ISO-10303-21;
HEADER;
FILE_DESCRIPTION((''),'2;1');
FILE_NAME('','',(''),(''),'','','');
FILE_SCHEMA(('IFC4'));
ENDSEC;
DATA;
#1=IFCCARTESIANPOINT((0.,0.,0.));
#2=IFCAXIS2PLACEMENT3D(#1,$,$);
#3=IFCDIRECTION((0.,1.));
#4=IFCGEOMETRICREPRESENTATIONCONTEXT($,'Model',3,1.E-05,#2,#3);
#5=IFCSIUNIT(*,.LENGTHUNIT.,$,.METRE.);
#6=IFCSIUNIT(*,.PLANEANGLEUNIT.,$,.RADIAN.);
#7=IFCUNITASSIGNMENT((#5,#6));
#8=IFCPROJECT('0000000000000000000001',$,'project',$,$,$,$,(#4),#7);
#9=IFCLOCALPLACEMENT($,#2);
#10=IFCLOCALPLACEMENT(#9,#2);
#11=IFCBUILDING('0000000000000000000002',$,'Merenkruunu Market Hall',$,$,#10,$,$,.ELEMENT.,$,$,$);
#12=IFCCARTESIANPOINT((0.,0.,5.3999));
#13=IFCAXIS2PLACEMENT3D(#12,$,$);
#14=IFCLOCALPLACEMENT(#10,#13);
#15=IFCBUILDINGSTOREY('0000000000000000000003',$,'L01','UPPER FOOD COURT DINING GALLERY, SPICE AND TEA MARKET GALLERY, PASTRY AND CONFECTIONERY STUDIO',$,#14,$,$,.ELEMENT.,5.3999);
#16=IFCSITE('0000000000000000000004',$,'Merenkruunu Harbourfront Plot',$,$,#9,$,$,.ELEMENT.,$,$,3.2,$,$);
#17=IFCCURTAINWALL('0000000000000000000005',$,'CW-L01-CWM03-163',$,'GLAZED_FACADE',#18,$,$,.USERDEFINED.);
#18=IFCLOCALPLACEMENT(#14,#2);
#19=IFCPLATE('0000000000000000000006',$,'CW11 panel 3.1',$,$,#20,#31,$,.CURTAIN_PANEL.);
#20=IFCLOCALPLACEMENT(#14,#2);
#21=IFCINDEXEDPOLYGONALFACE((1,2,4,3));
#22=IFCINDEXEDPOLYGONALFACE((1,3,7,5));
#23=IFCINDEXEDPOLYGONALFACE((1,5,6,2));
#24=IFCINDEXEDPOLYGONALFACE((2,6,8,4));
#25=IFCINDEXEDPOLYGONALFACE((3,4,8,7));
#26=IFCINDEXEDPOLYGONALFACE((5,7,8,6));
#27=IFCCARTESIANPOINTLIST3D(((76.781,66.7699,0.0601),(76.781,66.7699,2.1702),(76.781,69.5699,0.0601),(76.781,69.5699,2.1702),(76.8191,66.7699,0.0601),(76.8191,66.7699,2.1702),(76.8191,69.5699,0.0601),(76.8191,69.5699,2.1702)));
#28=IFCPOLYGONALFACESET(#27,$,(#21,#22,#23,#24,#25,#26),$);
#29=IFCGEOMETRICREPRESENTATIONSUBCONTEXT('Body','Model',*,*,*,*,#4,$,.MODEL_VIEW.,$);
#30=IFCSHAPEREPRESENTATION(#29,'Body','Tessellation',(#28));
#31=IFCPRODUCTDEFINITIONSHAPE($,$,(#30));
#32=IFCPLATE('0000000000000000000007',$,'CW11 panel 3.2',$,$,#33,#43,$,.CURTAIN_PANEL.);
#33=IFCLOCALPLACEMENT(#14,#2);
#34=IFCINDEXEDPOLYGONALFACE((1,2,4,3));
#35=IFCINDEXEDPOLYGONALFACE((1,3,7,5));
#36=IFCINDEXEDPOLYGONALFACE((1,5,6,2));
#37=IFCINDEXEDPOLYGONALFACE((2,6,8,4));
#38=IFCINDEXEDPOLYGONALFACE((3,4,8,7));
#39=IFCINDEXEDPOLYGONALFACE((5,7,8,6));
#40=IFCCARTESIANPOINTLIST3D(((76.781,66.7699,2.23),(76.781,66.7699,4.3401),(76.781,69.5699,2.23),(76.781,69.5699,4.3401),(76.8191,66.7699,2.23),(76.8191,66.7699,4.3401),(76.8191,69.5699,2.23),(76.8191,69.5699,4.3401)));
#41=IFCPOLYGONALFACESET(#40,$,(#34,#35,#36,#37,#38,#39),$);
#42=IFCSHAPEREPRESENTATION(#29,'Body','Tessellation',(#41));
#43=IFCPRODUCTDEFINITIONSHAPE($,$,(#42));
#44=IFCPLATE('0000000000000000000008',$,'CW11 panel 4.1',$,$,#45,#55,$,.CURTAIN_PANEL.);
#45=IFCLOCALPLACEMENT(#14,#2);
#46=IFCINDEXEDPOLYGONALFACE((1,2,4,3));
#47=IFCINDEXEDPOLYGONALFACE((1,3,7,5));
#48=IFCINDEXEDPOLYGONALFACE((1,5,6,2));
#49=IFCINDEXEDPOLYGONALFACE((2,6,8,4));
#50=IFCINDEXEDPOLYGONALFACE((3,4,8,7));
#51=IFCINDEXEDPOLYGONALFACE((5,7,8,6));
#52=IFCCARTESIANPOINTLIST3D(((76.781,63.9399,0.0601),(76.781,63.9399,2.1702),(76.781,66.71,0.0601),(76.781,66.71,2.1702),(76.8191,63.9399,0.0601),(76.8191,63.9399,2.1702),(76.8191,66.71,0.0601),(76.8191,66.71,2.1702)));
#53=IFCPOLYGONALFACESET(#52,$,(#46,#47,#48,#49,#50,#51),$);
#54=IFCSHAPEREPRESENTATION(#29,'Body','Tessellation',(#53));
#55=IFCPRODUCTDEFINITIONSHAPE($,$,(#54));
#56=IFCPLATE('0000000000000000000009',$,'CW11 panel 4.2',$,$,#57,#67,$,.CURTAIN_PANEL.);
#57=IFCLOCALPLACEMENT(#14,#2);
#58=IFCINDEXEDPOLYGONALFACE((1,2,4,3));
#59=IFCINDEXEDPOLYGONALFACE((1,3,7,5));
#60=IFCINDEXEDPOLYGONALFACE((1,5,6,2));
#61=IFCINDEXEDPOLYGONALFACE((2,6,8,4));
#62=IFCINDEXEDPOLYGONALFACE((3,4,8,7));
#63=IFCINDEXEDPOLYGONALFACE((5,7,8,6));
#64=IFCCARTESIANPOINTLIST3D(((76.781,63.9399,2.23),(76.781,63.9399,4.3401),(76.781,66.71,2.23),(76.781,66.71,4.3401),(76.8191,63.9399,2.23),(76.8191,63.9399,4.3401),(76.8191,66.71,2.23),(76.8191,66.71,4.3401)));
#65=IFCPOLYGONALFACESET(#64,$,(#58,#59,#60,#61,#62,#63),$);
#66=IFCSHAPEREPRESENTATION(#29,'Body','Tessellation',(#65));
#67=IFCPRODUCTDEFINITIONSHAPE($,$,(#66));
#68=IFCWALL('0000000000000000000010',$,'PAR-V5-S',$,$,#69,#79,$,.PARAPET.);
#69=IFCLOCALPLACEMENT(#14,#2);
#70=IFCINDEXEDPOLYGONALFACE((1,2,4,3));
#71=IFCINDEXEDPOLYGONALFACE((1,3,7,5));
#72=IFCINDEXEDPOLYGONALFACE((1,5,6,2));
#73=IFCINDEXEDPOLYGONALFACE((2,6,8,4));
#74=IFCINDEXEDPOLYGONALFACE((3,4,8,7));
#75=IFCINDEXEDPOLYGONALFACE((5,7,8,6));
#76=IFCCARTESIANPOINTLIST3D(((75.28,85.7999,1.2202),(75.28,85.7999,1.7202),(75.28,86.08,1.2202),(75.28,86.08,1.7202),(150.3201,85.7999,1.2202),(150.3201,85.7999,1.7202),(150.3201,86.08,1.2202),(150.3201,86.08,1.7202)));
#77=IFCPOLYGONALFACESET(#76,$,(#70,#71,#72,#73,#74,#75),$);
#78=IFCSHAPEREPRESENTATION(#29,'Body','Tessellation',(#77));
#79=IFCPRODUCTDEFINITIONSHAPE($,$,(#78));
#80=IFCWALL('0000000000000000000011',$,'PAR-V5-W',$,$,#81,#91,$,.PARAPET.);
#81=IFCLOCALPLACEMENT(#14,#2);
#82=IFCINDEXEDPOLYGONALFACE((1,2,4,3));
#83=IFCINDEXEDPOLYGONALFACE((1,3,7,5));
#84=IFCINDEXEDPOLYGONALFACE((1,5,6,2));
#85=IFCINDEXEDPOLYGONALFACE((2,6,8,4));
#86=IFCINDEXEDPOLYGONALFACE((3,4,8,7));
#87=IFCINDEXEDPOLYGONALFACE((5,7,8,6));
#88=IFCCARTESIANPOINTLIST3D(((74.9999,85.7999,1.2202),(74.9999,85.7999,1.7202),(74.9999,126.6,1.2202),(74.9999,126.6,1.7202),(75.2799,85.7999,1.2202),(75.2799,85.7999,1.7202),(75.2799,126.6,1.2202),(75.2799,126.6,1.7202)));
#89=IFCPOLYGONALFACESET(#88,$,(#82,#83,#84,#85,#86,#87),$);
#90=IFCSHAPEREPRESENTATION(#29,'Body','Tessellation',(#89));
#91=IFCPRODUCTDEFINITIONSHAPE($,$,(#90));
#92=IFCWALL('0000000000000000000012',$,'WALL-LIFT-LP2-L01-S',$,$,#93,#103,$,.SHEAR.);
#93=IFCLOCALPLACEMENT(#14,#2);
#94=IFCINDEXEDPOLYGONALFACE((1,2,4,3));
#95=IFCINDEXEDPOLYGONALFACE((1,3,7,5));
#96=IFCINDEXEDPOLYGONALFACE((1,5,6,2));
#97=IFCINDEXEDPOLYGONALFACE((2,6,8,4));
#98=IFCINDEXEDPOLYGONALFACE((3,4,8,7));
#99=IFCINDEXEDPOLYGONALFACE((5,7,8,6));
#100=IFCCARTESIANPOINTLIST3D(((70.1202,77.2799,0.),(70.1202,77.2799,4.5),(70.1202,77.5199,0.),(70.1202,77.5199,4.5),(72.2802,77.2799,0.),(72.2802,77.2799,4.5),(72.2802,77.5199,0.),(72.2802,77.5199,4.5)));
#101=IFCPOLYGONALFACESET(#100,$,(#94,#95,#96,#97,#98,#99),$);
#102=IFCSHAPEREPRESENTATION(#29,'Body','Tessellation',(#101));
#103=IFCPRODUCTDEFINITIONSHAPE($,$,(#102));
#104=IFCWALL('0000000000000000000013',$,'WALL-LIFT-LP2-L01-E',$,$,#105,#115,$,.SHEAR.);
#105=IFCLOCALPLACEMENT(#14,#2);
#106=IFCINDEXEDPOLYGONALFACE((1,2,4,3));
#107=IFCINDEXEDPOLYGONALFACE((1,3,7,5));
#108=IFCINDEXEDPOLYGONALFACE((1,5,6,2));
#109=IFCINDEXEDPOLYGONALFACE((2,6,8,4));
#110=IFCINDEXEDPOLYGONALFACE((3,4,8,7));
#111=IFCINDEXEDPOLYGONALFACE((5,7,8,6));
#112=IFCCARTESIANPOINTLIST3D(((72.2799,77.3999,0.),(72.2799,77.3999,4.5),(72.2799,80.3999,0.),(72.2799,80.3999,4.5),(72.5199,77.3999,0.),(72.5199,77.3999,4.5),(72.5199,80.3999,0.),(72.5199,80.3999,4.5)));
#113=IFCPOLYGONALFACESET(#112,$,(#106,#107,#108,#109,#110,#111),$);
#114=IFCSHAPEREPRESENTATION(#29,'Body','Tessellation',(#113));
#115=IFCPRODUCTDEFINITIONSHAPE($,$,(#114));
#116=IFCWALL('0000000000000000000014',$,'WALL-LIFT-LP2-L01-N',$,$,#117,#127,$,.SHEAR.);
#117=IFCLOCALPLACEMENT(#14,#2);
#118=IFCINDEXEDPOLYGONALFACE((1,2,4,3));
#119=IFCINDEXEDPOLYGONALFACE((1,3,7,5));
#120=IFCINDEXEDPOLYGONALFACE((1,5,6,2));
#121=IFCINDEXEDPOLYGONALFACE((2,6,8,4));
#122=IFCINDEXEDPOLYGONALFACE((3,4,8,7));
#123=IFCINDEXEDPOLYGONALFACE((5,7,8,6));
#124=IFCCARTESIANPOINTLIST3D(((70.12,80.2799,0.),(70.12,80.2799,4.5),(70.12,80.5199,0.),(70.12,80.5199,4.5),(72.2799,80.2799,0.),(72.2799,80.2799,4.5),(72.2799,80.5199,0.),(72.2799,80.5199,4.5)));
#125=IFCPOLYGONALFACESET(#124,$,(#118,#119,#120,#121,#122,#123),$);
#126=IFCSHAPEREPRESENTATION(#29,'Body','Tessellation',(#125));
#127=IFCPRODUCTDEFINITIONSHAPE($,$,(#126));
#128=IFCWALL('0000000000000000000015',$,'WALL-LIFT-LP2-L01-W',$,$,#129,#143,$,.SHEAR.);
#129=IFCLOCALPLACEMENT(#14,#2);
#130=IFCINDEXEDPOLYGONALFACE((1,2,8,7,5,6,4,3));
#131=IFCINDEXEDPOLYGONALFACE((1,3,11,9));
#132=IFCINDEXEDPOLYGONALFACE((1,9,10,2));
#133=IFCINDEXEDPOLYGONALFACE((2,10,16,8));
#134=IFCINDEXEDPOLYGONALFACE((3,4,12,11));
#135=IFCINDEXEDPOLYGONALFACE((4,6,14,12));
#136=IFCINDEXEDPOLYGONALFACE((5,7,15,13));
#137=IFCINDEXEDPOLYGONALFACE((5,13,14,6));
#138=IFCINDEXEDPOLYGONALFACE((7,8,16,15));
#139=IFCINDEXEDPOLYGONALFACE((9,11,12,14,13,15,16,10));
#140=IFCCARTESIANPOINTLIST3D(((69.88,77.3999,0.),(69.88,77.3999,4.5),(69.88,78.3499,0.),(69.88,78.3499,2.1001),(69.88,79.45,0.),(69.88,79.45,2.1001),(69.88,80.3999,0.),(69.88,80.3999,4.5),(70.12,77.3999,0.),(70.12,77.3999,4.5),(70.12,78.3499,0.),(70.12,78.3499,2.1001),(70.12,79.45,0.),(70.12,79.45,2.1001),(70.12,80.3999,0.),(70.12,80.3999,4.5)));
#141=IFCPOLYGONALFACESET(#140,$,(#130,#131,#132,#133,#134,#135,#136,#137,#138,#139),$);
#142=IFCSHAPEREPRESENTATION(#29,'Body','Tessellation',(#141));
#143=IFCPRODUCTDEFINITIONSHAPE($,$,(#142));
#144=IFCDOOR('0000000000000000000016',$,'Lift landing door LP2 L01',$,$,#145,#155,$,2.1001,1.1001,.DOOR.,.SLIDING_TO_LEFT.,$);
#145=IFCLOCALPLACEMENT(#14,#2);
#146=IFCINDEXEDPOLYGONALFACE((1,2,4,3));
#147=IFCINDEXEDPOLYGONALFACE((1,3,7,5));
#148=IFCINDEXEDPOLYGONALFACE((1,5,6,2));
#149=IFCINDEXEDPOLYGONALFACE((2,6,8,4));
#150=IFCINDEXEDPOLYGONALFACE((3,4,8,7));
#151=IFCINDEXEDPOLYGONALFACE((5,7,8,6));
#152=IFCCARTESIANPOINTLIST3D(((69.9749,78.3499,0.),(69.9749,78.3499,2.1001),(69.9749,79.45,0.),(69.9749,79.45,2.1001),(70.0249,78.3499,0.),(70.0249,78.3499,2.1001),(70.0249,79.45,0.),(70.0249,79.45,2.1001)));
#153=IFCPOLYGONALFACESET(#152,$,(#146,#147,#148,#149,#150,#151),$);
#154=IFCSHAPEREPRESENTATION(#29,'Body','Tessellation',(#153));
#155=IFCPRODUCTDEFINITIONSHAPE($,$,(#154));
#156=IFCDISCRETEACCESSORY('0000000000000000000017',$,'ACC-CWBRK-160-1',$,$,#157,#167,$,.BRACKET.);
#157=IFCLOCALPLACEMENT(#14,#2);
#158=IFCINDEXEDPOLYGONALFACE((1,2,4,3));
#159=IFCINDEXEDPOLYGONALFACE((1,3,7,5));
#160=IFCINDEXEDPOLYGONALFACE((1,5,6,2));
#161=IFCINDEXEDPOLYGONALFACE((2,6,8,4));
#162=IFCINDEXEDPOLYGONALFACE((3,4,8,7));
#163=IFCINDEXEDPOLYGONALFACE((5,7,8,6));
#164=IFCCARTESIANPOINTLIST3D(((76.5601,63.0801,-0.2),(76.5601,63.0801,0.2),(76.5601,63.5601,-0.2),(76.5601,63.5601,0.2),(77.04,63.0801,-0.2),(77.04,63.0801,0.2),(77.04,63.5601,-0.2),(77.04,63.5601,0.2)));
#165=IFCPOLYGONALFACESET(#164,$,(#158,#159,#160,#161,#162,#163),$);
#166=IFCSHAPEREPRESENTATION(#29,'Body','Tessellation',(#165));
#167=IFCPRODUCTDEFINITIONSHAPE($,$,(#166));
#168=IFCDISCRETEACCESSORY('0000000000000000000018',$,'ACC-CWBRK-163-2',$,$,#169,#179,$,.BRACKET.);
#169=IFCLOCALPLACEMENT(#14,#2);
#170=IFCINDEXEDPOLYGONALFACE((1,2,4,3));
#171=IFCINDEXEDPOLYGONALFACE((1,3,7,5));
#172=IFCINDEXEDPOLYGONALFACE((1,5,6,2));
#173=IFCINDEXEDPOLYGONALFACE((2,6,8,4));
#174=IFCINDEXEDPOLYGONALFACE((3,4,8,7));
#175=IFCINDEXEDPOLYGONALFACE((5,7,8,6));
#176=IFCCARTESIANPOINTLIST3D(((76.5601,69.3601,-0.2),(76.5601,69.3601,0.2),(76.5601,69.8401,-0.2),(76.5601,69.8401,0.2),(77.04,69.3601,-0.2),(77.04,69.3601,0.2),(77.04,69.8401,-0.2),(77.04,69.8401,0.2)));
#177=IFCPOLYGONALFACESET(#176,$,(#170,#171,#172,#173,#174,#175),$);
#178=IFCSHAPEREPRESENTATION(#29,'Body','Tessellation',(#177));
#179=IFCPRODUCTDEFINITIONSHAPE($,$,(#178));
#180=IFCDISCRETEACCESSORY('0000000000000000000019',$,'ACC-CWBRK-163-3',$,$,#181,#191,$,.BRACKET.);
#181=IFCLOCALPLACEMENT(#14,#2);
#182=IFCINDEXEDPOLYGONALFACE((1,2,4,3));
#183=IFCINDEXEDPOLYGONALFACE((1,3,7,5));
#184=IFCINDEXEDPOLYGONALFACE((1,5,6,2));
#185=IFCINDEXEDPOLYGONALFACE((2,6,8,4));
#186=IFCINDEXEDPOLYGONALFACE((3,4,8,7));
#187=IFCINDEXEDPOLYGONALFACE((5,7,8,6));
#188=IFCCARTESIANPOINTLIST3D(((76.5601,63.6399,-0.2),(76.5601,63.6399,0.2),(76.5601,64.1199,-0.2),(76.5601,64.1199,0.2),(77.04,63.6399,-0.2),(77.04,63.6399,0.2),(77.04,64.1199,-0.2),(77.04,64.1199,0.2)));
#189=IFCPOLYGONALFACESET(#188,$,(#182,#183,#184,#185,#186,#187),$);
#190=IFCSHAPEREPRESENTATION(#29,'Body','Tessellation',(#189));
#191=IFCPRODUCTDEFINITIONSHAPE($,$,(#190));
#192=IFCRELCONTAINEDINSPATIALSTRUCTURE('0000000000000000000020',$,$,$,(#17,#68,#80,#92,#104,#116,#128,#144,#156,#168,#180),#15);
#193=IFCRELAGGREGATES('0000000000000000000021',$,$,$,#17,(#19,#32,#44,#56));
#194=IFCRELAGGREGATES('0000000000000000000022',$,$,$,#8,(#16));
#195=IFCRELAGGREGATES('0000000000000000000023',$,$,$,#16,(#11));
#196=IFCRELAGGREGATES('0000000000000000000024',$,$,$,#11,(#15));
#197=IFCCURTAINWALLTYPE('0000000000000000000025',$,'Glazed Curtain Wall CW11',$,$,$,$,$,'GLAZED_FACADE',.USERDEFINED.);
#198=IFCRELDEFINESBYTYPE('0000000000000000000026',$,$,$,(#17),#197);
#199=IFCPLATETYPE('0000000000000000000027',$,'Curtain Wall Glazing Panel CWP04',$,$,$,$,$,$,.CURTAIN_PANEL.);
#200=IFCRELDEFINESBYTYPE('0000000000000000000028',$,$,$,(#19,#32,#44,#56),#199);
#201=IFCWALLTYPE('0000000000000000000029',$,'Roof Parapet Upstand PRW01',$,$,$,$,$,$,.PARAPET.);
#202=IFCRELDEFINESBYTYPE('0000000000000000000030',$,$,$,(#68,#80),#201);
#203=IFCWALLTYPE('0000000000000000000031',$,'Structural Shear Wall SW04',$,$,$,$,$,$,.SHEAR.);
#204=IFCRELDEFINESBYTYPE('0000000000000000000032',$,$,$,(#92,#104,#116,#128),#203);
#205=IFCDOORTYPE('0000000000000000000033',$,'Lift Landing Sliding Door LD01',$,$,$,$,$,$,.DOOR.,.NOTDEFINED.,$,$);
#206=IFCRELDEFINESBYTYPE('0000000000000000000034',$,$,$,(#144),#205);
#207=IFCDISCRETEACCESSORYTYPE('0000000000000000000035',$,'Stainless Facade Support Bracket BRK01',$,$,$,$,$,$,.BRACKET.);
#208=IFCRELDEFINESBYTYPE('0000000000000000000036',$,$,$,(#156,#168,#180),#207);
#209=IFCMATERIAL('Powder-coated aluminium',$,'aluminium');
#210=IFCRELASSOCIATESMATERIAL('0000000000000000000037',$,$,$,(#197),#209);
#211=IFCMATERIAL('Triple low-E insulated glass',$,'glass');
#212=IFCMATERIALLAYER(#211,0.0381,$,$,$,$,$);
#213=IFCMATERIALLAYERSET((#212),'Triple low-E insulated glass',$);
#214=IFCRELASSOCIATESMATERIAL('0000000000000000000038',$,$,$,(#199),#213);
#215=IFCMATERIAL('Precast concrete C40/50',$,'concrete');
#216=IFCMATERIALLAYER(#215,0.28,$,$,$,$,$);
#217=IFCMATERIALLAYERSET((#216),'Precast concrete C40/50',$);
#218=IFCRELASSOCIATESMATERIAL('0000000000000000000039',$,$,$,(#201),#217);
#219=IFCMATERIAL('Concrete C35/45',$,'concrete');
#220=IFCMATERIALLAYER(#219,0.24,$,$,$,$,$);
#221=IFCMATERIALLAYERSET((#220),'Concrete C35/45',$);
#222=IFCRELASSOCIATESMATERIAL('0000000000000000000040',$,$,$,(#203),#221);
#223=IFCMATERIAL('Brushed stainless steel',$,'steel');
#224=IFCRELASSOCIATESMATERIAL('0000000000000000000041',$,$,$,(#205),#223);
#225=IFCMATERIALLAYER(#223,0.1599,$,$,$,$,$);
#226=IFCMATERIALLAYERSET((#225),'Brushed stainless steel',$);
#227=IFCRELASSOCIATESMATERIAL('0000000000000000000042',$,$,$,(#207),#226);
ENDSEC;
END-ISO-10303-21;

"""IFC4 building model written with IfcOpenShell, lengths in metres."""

from ifc_helpers import new_model, si_unit, direction, frame, frame_2d, origin, origin_2d, place, context, subcontext, project, spatial, rectangle, extrude, material, layer, layer_set, type_object, element, fill, aggregate, save


model = new_model("IFC4")

# Units and contexts
model_context = context("Model", 3, precision=1e-05, world=origin(), true_north=direction((0.0, 1.0)))
body_context = subcontext(model_context, "Body", "Model", "MODEL_VIEW")
ifc_project = project(units=[si_unit("LENGTHUNIT", "METRE"), si_unit("PLANEANGLEUNIT", "RADIAN")], contexts=[model_context])

# Site, building, storey
site_placement = place(None, origin())
site = spatial("IfcSite", under=ifc_project, at=site_placement, Name="Merenkruunu Harbourfront Plot", CompositionType="ELEMENT", RefElevation=3.2)
building_placement = place(site_placement, origin())
building = spatial("IfcBuilding", under=site, at=building_placement, Name="Merenkruunu Market Hall", CompositionType="ELEMENT")
storey_placement = place(building_placement, frame((0.0, 0.0, 5.3999)))
storey = spatial("IfcBuildingStorey", under=building, at=storey_placement, Name="L01", Description="UPPER FOOD COURT DINING GALLERY, SPICE AND TEA MARKET GALLERY, PASTRY AND CONFECTIONERY STUDIO", CompositionType="ELEMENT", Elevation=5.3999)

# Curtain wall
ifc_material_1 = material(Name="Powder-coated aluminium", Category="aluminium")
curtain_wall_type = type_object("IfcCurtainWallType", Name="Glazed Curtain Wall CW11", ElementType="GLAZED_FACADE", PredefinedType="USERDEFINED", material=ifc_material_1)
curtain_wall_placement = place(storey_placement, origin())
curtain_wall = element("IfcCurtainWall", 1, at=curtain_wall_placement, inside=storey, type_object=curtain_wall_type, Name="CW-L01-CWM03-163", ObjectType="GLAZED_FACADE", PredefinedType="USERDEFINED")

# Plates
ifc_material_2 = material(Name="Triple low-E insulated glass", Category="glass")
ifc_layer_1 = layer(ifc_material_2, 0.0381)
ifc_layer_set_1 = layer_set([ifc_layer_1], Name="Triple low-E insulated glass")
plate_type = type_object("IfcPlateType", Name="Curtain Wall Glazing Panel CWP04", PredefinedType="CURTAIN_PANEL", material=ifc_layer_set_1)
plate_1_placement = place(storey_placement, frame((76.8, 68.1699, 0.0601), z_axis=(0.0, 0.0, 1.0), x_axis=(0.0, -1.0, 0.0)))
plate_1 = element("IfcPlate", 2, at=plate_1_placement, type_object=plate_type, Name="CW11 panel 3.1", PredefinedType="CURTAIN_PANEL", context=body_context, shape_type="SweptSolid", body=[
    extrude(rectangle(XDim=2.8, YDim=0.0381, at=origin_2d()), origin(), (0.0, 0.0, 1.0), 2.1101),
])
plate_2_placement = place(storey_placement, frame((76.8, 68.1699, 2.23), z_axis=(0.0, 0.0, 1.0), x_axis=(0.0, -1.0, 0.0)))
plate_2 = element("IfcPlate", 3, at=plate_2_placement, type_object=plate_type, Name="CW11 panel 3.2", PredefinedType="CURTAIN_PANEL", context=body_context, shape_type="SweptSolid", body=[
    extrude(rectangle(XDim=2.8, YDim=0.0381, at=origin_2d()), origin(), (0.0, 0.0, 1.0), 2.1101),
])
plate_3_placement = place(storey_placement, frame((76.8, 65.325, 0.0601), z_axis=(0.0, 0.0, 1.0), x_axis=(0.0, -1.0, 0.0)))
plate_3 = element("IfcPlate", 4, at=plate_3_placement, type_object=plate_type, Name="CW11 panel 4.1", PredefinedType="CURTAIN_PANEL", context=body_context, shape_type="SweptSolid", body=[
    extrude(rectangle(XDim=2.77, YDim=0.0381, at=origin_2d()), origin(), (0.0, 0.0, 1.0), 2.1101),
])
plate_4_placement = place(storey_placement, frame((76.8, 65.325, 2.23), z_axis=(0.0, 0.0, 1.0), x_axis=(0.0, -1.0, 0.0)))
plate_4 = element("IfcPlate", 5, at=plate_4_placement, type_object=plate_type, Name="CW11 panel 4.2", PredefinedType="CURTAIN_PANEL", context=body_context, shape_type="SweptSolid", body=[
    extrude(rectangle(XDim=2.77, YDim=0.0381, at=origin_2d()), origin(), (0.0, 0.0, 1.0), 2.1101),
])
aggregate(curtain_wall, [plate_1, plate_2, plate_3, plate_4])

# Walls
ifc_material_3 = material(Name="Precast concrete C40/50", Category="concrete")
ifc_layer_2 = layer(ifc_material_3, 0.28)
ifc_layer_set_2 = layer_set([ifc_layer_2], Name="Precast concrete C40/50")
wall_type_1 = type_object("IfcWallType", Name="Roof Parapet Upstand PRW01", PredefinedType="PARAPET", material=ifc_layer_set_2)
wall_1_placement = place(storey_placement, frame((75.28, 85.9399, 1.2202), z_axis=(0.0, 0.0, 1.0), x_axis=(1.0, 0.0, 0.0)))
element("IfcWall", 6, at=wall_1_placement, inside=storey, type_object=wall_type_1, Name="PAR-V5-S", PredefinedType="PARAPET", context=body_context, shape_type="SweptSolid", body=[
    extrude(rectangle(XDim=75.04, YDim=0.28, at=frame_2d((37.52, 0.0))), origin(), (0.0, 0.0, 1.0), 0.5),
])
wall_2_placement = place(storey_placement, frame((75.1399, 85.8, 1.2202), z_axis=(0.0, 0.0, 1.0), x_axis=(0.0, 1.0, 0.0)))
element("IfcWall", 7, at=wall_2_placement, inside=storey, type_object=wall_type_1, Name="PAR-V5-W", PredefinedType="PARAPET", context=body_context, shape_type="SweptSolid", body=[
    extrude(rectangle(XDim=40.8, YDim=0.28, at=frame_2d((20.3999, 0.0))), origin(), (0.0, 0.0, 1.0), 0.5),
])
ifc_material_4 = material(Name="Concrete C35/45", Category="concrete")
ifc_layer_3 = layer(ifc_material_4, 0.24)
ifc_layer_set_3 = layer_set([ifc_layer_3], Name="Concrete C35/45")
wall_type_2 = type_object("IfcWallType", Name="Structural Shear Wall SW04", PredefinedType="SHEAR", material=ifc_layer_set_3)
wall_3_placement = place(storey_placement, frame((70.1201, 77.3999, 0.0), z_axis=(0.0, 0.0, 1.0), x_axis=(1.0, 0.0, 0.0)))
element("IfcWall", 8, at=wall_3_placement, inside=storey, type_object=wall_type_2, Name="WALL-LIFT-LP2-L01-S", PredefinedType="SHEAR", context=body_context, shape_type="SweptSolid", body=[
    extrude(rectangle(XDim=2.1599, YDim=0.24, at=frame_2d((1.0801, 0.0))), origin(), (0.0, 0.0, 1.0), 4.5),
])
wall_4_placement = place(storey_placement, frame((72.3999, 77.3999, 0.0), z_axis=(0.0, 0.0, 1.0), x_axis=(0.0, 1.0, 0.0)))
element("IfcWall", 9, at=wall_4_placement, inside=storey, type_object=wall_type_2, Name="WALL-LIFT-LP2-L01-E", PredefinedType="SHEAR", context=body_context, shape_type="SweptSolid", body=[
    extrude(rectangle(XDim=3.0, YDim=0.24, at=frame_2d((1.5, 0.0))), origin(), (0.0, 0.0, 1.0), 4.5),
])
wall_5_placement = place(storey_placement, frame((72.28, 80.3999, 0.0), z_axis=(0.0, 0.0, 1.0), x_axis=(-1.0, 0.0, 0.0)))
element("IfcWall", 10, at=wall_5_placement, inside=storey, type_object=wall_type_2, Name="WALL-LIFT-LP2-L01-N", PredefinedType="SHEAR", context=body_context, shape_type="SweptSolid", body=[
    extrude(rectangle(XDim=2.1599, YDim=0.24, at=frame_2d((1.0801, 0.0))), origin(), (0.0, 0.0, 1.0), 4.5),
])

# Wall, opening, door
wall_6_placement = place(storey_placement, frame((70.0, 80.3999, 0.0), z_axis=(0.0, 0.0, 1.0), x_axis=(0.0, -1.0, 0.0)))
wall_6 = element("IfcWall", 11, at=wall_6_placement, inside=storey, type_object=wall_type_2, Name="WALL-LIFT-LP2-L01-W", PredefinedType="SHEAR", context=body_context, shape_type="SweptSolid", body=[
    extrude(rectangle(XDim=3.0, YDim=0.24, at=frame_2d((1.5, 0.0))), origin(), (0.0, 0.0, 1.0), 4.5),
])
opening_placement = place(wall_6_placement, frame((0.95, 0.0, 0.0)))
opening = element("IfcOpeningElement", 12, at=opening_placement, cuts=wall_6, PredefinedType="OPENING", context=body_context, shape_type="SweptSolid", body=[
    extrude(rectangle(XDim=1.1001, YDim=2.1001, at=frame_2d((0.55, 1.05))), frame((0.0, 0.1299, 0.0), z_axis=(0.0, -1.0, 0.0), x_axis=(1.0, 0.0, 0.0)), (0.0, 0.0, 1.0), 0.26),
])
ifc_material_5 = material(Name="Brushed stainless steel", Category="steel")
door_type = type_object("IfcDoorType", Name="Lift Landing Sliding Door LD01", OperationType="NOTDEFINED", PredefinedType="DOOR", material=ifc_material_5)
door_placement = place(opening_placement, origin())
door = element("IfcDoor", 13, at=door_placement, inside=storey, type_object=door_type, Name="Lift landing door LP2 L01", OperationType="SLIDING_TO_LEFT", OverallHeight=2.1001, OverallWidth=1.1001, PredefinedType="DOOR", context=body_context, shape_type="SweptSolid", body=[
    extrude(rectangle(XDim=1.1001, YDim=2.1001, at=frame_2d((0.55, 1.05))), frame((0.0, 0.0249, 0.0), z_axis=(0.0, -1.0, 0.0), x_axis=(1.0, 0.0, 0.0)), (0.0, 0.0, 1.0), 0.05),
])
fill(opening, door)

# Discrete accessories
ifc_layer_4 = layer(ifc_material_5, 0.1599)
ifc_layer_set_4 = layer_set([ifc_layer_4], Name="Brushed stainless steel")
discrete_accessory_type = type_object("IfcDiscreteAccessoryType", Name="Stainless Facade Support Bracket BRK01", PredefinedType="BRACKET", material=ifc_layer_set_4)
for number, where, z_axis, x_axis, name in (
    (14, (76.8, 63.3201, -0.2), (0.0, 0.0, 1.0), (1.0, 0.0, 0.0), "ACC-CWBRK-160-1"),
    (15, (76.8, 69.6001, -0.2), (0.0, 0.0, 1.0), (1.0, 0.0, 0.0), "ACC-CWBRK-163-2"),
    (16, (76.8, 63.8799, -0.2), (0.0, 0.0, 1.0), (1.0, 0.0, 0.0), "ACC-CWBRK-163-3"),
):
    element("IfcDiscreteAccessory", number, at=place(storey_placement, frame(where, z_axis=z_axis, x_axis=x_axis)), inside=storey, type_object=discrete_accessory_type, Name=name, PredefinedType="BRACKET", context=body_context, shape_type="SweptSolid", body=[
        extrude(rectangle(XDim=0.48, YDim=0.48, at=origin_2d()), origin(), (0.0, 0.0, 1.0), 0.3999),
    ])

save(model, "model.ifc")
